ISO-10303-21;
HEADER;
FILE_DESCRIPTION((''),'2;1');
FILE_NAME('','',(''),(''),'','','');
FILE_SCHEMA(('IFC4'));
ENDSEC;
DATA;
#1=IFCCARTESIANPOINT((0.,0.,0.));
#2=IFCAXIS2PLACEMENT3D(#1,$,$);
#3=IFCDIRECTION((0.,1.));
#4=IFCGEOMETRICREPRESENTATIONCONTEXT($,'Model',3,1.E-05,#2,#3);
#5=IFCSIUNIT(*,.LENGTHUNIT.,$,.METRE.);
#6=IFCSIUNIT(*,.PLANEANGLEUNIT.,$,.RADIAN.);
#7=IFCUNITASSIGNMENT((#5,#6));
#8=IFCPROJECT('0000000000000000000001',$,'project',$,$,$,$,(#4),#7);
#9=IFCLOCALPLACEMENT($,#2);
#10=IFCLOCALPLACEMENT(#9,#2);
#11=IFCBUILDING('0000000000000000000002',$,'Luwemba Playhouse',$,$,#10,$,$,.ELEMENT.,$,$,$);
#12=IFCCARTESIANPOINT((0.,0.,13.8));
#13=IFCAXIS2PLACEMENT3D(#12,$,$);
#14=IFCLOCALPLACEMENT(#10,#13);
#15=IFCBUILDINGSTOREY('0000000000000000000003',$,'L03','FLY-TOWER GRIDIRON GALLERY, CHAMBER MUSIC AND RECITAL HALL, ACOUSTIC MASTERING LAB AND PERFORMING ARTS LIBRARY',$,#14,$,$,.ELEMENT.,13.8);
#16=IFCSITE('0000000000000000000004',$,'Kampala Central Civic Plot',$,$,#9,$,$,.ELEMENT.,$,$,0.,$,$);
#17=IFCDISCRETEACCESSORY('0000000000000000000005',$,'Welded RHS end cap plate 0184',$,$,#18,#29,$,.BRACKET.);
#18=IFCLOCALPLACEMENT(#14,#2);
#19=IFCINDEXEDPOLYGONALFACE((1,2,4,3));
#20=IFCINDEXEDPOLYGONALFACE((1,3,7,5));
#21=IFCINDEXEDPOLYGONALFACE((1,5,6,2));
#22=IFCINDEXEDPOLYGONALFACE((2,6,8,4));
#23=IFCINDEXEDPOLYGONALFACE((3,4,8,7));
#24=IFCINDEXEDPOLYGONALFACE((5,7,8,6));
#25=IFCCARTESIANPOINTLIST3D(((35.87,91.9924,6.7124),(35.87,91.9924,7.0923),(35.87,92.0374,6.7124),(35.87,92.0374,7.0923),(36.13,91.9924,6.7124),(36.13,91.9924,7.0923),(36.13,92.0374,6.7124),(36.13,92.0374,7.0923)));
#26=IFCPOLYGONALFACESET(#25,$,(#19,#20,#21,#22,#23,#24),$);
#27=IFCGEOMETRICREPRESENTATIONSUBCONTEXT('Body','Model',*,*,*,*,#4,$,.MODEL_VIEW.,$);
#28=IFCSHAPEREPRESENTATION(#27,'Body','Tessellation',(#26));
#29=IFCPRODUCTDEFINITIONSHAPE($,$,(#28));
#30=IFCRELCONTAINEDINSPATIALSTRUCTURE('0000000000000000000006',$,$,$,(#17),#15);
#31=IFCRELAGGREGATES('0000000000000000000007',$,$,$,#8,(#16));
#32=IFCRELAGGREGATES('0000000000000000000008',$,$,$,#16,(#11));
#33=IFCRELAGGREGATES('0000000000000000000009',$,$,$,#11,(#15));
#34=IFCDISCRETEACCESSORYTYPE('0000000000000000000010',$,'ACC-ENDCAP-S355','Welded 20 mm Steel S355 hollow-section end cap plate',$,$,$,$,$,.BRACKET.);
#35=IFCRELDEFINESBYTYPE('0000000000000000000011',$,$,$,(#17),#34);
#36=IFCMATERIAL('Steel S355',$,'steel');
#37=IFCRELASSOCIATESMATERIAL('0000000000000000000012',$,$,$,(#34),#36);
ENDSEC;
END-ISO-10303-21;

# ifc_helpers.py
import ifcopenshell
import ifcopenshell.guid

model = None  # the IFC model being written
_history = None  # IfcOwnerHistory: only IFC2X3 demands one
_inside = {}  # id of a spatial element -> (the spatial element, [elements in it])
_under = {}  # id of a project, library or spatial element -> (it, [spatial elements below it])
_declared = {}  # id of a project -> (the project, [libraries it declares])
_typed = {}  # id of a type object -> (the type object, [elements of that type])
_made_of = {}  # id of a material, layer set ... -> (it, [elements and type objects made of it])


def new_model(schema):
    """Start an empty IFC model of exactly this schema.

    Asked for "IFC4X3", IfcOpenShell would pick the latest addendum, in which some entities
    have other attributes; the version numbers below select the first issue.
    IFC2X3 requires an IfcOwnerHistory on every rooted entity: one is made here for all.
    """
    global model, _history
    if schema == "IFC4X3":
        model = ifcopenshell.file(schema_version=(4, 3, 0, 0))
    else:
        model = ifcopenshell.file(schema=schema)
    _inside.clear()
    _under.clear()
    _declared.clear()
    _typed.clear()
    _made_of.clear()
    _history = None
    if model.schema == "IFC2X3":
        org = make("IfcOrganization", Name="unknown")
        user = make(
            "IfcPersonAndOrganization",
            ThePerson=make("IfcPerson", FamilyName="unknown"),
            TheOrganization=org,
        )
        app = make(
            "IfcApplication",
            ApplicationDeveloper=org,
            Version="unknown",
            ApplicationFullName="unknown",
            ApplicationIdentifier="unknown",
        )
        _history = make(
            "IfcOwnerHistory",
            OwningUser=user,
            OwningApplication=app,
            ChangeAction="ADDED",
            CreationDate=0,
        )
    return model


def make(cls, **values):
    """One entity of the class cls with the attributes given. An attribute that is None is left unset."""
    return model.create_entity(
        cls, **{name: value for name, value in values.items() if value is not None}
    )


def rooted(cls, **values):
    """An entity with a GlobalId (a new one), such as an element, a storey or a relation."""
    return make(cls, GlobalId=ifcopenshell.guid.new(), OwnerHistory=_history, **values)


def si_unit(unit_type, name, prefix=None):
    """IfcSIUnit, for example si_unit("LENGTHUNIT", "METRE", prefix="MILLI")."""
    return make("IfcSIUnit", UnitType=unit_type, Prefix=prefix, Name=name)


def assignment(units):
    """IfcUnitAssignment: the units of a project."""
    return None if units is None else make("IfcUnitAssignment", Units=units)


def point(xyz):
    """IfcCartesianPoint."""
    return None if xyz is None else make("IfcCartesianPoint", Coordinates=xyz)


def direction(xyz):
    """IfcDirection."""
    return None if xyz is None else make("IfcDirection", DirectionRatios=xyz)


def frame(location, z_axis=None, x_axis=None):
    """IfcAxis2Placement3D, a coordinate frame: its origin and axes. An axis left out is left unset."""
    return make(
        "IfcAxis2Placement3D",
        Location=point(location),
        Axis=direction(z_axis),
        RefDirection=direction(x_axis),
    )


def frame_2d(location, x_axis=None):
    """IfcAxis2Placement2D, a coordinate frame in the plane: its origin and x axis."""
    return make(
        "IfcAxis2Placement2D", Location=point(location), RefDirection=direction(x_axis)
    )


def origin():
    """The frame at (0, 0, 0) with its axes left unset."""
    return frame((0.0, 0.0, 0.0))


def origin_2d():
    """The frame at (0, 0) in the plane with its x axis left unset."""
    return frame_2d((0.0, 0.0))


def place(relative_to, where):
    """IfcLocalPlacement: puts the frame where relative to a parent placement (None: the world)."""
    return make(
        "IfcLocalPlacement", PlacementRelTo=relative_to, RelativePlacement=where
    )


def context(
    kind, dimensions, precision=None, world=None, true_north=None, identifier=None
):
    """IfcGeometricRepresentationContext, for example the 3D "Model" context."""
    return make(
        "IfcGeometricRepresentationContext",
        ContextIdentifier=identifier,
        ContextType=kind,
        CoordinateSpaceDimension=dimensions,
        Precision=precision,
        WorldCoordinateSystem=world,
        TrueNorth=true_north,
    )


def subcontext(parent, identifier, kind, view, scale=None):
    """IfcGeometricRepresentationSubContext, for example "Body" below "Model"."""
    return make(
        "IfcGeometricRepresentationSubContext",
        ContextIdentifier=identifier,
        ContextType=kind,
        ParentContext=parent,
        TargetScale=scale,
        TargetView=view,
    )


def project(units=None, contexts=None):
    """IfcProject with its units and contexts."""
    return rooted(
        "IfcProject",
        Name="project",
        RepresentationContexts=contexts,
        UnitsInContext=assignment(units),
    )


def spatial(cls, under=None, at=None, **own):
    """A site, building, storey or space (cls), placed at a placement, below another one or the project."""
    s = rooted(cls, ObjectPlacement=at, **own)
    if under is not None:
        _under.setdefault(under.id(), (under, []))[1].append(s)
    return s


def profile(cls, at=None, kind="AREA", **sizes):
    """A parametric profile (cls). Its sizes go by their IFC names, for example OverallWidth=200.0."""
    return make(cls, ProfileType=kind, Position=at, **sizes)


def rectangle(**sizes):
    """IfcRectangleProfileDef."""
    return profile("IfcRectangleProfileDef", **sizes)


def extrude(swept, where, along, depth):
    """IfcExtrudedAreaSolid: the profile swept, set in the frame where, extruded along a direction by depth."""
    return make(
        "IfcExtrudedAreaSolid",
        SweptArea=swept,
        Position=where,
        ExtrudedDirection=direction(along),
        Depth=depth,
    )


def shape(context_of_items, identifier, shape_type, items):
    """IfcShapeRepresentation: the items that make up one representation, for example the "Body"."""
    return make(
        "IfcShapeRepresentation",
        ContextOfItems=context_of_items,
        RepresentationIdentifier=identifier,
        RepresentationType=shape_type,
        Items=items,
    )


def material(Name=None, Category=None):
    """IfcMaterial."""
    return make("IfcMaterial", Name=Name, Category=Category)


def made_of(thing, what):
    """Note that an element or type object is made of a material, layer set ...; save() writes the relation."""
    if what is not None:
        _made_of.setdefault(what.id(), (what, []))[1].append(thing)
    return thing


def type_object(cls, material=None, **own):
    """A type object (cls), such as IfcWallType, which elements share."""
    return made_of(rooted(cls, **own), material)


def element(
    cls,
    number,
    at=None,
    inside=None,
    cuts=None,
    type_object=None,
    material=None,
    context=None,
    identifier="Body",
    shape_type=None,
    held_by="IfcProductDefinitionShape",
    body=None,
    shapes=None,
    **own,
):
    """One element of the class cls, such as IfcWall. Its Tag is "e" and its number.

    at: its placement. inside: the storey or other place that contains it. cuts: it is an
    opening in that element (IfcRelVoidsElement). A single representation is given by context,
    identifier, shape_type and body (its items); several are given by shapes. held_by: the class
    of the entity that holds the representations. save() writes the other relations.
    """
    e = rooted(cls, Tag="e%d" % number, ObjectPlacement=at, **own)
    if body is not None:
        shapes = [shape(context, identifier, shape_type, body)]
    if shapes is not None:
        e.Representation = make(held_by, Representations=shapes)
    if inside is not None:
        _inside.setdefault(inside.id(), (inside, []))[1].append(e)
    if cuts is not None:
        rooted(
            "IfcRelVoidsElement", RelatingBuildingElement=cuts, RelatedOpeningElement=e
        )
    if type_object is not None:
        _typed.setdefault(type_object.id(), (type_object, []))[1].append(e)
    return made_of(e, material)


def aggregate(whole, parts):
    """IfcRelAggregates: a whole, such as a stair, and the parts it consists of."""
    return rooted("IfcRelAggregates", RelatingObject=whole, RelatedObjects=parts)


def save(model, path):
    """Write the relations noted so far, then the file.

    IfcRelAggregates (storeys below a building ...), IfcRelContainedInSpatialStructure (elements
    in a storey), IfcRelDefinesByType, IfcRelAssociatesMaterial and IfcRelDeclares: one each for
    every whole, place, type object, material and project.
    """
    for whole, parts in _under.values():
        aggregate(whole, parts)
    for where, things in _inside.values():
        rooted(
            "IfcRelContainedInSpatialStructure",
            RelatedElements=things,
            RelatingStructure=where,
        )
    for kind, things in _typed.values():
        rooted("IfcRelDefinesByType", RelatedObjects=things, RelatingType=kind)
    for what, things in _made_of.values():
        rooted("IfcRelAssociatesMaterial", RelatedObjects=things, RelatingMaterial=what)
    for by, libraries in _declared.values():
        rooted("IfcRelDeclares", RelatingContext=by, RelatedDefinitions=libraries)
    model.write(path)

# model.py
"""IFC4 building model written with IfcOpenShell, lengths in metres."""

from ifc_helpers import new_model, si_unit, direction, frame, origin, origin_2d, place, context, subcontext, project, spatial, rectangle, extrude, material, type_object, element, save


model = new_model("IFC4")

# Units and contexts
model_context = context("Model", 3, precision=1e-05, world=origin(), true_north=direction((0.0, 1.0)))
body_context = subcontext(model_context, "Body", "Model", "MODEL_VIEW")
ifc_project = project(units=[si_unit("LENGTHUNIT", "METRE"), si_unit("PLANEANGLEUNIT", "RADIAN")], contexts=[model_context])

# Site, building, storey
site_placement = place(None, origin())
site = spatial("IfcSite", under=ifc_project, at=site_placement, Name="Kampala Central Civic Plot", CompositionType="ELEMENT", RefElevation=0.0)
building_placement = place(site_placement, origin())
building = spatial("IfcBuilding", under=site, at=building_placement, Name="Luwemba Playhouse", CompositionType="ELEMENT")
storey_placement = place(building_placement, frame((0.0, 0.0, 13.8)))
storey = spatial("IfcBuildingStorey", under=building, at=storey_placement, Name="L03", Description="FLY-TOWER GRIDIRON GALLERY, CHAMBER MUSIC AND RECITAL HALL, ACOUSTIC MASTERING LAB AND PERFORMING ARTS LIBRARY", CompositionType="ELEMENT", Elevation=13.8)

# Shared definitions
ifc_material_1 = material(Name="Steel S355", Category="steel")

# Discrete accessory
discrete_accessory_type = type_object("IfcDiscreteAccessoryType", Name="ACC-ENDCAP-S355", Description="Welded 20 mm Steel S355 hollow-section end cap plate", PredefinedType="BRACKET", material=ifc_material_1)
for number, where, z_axis, x_axis, name in (
    (1, (36.0, 92.0149, 6.7124), (0.0, 0.0, 1.0), (1.0, 0.0, 0.0), "Welded RHS end cap plate 0184"),
):
    element("IfcDiscreteAccessory", number, at=place(storey_placement, frame(where, z_axis=z_axis, x_axis=x_axis)), inside=storey, type_object=discrete_accessory_type, Name=name, PredefinedType="BRACKET", context=body_context, shape_type="SweptSolid", body=[
        extrude(rectangle(XDim=0.26, YDim=0.0449, at=origin_2d()), origin(), (0.0, 0.0, 1.0), 0.3799),
    ])

save(model, "model.ifc")
